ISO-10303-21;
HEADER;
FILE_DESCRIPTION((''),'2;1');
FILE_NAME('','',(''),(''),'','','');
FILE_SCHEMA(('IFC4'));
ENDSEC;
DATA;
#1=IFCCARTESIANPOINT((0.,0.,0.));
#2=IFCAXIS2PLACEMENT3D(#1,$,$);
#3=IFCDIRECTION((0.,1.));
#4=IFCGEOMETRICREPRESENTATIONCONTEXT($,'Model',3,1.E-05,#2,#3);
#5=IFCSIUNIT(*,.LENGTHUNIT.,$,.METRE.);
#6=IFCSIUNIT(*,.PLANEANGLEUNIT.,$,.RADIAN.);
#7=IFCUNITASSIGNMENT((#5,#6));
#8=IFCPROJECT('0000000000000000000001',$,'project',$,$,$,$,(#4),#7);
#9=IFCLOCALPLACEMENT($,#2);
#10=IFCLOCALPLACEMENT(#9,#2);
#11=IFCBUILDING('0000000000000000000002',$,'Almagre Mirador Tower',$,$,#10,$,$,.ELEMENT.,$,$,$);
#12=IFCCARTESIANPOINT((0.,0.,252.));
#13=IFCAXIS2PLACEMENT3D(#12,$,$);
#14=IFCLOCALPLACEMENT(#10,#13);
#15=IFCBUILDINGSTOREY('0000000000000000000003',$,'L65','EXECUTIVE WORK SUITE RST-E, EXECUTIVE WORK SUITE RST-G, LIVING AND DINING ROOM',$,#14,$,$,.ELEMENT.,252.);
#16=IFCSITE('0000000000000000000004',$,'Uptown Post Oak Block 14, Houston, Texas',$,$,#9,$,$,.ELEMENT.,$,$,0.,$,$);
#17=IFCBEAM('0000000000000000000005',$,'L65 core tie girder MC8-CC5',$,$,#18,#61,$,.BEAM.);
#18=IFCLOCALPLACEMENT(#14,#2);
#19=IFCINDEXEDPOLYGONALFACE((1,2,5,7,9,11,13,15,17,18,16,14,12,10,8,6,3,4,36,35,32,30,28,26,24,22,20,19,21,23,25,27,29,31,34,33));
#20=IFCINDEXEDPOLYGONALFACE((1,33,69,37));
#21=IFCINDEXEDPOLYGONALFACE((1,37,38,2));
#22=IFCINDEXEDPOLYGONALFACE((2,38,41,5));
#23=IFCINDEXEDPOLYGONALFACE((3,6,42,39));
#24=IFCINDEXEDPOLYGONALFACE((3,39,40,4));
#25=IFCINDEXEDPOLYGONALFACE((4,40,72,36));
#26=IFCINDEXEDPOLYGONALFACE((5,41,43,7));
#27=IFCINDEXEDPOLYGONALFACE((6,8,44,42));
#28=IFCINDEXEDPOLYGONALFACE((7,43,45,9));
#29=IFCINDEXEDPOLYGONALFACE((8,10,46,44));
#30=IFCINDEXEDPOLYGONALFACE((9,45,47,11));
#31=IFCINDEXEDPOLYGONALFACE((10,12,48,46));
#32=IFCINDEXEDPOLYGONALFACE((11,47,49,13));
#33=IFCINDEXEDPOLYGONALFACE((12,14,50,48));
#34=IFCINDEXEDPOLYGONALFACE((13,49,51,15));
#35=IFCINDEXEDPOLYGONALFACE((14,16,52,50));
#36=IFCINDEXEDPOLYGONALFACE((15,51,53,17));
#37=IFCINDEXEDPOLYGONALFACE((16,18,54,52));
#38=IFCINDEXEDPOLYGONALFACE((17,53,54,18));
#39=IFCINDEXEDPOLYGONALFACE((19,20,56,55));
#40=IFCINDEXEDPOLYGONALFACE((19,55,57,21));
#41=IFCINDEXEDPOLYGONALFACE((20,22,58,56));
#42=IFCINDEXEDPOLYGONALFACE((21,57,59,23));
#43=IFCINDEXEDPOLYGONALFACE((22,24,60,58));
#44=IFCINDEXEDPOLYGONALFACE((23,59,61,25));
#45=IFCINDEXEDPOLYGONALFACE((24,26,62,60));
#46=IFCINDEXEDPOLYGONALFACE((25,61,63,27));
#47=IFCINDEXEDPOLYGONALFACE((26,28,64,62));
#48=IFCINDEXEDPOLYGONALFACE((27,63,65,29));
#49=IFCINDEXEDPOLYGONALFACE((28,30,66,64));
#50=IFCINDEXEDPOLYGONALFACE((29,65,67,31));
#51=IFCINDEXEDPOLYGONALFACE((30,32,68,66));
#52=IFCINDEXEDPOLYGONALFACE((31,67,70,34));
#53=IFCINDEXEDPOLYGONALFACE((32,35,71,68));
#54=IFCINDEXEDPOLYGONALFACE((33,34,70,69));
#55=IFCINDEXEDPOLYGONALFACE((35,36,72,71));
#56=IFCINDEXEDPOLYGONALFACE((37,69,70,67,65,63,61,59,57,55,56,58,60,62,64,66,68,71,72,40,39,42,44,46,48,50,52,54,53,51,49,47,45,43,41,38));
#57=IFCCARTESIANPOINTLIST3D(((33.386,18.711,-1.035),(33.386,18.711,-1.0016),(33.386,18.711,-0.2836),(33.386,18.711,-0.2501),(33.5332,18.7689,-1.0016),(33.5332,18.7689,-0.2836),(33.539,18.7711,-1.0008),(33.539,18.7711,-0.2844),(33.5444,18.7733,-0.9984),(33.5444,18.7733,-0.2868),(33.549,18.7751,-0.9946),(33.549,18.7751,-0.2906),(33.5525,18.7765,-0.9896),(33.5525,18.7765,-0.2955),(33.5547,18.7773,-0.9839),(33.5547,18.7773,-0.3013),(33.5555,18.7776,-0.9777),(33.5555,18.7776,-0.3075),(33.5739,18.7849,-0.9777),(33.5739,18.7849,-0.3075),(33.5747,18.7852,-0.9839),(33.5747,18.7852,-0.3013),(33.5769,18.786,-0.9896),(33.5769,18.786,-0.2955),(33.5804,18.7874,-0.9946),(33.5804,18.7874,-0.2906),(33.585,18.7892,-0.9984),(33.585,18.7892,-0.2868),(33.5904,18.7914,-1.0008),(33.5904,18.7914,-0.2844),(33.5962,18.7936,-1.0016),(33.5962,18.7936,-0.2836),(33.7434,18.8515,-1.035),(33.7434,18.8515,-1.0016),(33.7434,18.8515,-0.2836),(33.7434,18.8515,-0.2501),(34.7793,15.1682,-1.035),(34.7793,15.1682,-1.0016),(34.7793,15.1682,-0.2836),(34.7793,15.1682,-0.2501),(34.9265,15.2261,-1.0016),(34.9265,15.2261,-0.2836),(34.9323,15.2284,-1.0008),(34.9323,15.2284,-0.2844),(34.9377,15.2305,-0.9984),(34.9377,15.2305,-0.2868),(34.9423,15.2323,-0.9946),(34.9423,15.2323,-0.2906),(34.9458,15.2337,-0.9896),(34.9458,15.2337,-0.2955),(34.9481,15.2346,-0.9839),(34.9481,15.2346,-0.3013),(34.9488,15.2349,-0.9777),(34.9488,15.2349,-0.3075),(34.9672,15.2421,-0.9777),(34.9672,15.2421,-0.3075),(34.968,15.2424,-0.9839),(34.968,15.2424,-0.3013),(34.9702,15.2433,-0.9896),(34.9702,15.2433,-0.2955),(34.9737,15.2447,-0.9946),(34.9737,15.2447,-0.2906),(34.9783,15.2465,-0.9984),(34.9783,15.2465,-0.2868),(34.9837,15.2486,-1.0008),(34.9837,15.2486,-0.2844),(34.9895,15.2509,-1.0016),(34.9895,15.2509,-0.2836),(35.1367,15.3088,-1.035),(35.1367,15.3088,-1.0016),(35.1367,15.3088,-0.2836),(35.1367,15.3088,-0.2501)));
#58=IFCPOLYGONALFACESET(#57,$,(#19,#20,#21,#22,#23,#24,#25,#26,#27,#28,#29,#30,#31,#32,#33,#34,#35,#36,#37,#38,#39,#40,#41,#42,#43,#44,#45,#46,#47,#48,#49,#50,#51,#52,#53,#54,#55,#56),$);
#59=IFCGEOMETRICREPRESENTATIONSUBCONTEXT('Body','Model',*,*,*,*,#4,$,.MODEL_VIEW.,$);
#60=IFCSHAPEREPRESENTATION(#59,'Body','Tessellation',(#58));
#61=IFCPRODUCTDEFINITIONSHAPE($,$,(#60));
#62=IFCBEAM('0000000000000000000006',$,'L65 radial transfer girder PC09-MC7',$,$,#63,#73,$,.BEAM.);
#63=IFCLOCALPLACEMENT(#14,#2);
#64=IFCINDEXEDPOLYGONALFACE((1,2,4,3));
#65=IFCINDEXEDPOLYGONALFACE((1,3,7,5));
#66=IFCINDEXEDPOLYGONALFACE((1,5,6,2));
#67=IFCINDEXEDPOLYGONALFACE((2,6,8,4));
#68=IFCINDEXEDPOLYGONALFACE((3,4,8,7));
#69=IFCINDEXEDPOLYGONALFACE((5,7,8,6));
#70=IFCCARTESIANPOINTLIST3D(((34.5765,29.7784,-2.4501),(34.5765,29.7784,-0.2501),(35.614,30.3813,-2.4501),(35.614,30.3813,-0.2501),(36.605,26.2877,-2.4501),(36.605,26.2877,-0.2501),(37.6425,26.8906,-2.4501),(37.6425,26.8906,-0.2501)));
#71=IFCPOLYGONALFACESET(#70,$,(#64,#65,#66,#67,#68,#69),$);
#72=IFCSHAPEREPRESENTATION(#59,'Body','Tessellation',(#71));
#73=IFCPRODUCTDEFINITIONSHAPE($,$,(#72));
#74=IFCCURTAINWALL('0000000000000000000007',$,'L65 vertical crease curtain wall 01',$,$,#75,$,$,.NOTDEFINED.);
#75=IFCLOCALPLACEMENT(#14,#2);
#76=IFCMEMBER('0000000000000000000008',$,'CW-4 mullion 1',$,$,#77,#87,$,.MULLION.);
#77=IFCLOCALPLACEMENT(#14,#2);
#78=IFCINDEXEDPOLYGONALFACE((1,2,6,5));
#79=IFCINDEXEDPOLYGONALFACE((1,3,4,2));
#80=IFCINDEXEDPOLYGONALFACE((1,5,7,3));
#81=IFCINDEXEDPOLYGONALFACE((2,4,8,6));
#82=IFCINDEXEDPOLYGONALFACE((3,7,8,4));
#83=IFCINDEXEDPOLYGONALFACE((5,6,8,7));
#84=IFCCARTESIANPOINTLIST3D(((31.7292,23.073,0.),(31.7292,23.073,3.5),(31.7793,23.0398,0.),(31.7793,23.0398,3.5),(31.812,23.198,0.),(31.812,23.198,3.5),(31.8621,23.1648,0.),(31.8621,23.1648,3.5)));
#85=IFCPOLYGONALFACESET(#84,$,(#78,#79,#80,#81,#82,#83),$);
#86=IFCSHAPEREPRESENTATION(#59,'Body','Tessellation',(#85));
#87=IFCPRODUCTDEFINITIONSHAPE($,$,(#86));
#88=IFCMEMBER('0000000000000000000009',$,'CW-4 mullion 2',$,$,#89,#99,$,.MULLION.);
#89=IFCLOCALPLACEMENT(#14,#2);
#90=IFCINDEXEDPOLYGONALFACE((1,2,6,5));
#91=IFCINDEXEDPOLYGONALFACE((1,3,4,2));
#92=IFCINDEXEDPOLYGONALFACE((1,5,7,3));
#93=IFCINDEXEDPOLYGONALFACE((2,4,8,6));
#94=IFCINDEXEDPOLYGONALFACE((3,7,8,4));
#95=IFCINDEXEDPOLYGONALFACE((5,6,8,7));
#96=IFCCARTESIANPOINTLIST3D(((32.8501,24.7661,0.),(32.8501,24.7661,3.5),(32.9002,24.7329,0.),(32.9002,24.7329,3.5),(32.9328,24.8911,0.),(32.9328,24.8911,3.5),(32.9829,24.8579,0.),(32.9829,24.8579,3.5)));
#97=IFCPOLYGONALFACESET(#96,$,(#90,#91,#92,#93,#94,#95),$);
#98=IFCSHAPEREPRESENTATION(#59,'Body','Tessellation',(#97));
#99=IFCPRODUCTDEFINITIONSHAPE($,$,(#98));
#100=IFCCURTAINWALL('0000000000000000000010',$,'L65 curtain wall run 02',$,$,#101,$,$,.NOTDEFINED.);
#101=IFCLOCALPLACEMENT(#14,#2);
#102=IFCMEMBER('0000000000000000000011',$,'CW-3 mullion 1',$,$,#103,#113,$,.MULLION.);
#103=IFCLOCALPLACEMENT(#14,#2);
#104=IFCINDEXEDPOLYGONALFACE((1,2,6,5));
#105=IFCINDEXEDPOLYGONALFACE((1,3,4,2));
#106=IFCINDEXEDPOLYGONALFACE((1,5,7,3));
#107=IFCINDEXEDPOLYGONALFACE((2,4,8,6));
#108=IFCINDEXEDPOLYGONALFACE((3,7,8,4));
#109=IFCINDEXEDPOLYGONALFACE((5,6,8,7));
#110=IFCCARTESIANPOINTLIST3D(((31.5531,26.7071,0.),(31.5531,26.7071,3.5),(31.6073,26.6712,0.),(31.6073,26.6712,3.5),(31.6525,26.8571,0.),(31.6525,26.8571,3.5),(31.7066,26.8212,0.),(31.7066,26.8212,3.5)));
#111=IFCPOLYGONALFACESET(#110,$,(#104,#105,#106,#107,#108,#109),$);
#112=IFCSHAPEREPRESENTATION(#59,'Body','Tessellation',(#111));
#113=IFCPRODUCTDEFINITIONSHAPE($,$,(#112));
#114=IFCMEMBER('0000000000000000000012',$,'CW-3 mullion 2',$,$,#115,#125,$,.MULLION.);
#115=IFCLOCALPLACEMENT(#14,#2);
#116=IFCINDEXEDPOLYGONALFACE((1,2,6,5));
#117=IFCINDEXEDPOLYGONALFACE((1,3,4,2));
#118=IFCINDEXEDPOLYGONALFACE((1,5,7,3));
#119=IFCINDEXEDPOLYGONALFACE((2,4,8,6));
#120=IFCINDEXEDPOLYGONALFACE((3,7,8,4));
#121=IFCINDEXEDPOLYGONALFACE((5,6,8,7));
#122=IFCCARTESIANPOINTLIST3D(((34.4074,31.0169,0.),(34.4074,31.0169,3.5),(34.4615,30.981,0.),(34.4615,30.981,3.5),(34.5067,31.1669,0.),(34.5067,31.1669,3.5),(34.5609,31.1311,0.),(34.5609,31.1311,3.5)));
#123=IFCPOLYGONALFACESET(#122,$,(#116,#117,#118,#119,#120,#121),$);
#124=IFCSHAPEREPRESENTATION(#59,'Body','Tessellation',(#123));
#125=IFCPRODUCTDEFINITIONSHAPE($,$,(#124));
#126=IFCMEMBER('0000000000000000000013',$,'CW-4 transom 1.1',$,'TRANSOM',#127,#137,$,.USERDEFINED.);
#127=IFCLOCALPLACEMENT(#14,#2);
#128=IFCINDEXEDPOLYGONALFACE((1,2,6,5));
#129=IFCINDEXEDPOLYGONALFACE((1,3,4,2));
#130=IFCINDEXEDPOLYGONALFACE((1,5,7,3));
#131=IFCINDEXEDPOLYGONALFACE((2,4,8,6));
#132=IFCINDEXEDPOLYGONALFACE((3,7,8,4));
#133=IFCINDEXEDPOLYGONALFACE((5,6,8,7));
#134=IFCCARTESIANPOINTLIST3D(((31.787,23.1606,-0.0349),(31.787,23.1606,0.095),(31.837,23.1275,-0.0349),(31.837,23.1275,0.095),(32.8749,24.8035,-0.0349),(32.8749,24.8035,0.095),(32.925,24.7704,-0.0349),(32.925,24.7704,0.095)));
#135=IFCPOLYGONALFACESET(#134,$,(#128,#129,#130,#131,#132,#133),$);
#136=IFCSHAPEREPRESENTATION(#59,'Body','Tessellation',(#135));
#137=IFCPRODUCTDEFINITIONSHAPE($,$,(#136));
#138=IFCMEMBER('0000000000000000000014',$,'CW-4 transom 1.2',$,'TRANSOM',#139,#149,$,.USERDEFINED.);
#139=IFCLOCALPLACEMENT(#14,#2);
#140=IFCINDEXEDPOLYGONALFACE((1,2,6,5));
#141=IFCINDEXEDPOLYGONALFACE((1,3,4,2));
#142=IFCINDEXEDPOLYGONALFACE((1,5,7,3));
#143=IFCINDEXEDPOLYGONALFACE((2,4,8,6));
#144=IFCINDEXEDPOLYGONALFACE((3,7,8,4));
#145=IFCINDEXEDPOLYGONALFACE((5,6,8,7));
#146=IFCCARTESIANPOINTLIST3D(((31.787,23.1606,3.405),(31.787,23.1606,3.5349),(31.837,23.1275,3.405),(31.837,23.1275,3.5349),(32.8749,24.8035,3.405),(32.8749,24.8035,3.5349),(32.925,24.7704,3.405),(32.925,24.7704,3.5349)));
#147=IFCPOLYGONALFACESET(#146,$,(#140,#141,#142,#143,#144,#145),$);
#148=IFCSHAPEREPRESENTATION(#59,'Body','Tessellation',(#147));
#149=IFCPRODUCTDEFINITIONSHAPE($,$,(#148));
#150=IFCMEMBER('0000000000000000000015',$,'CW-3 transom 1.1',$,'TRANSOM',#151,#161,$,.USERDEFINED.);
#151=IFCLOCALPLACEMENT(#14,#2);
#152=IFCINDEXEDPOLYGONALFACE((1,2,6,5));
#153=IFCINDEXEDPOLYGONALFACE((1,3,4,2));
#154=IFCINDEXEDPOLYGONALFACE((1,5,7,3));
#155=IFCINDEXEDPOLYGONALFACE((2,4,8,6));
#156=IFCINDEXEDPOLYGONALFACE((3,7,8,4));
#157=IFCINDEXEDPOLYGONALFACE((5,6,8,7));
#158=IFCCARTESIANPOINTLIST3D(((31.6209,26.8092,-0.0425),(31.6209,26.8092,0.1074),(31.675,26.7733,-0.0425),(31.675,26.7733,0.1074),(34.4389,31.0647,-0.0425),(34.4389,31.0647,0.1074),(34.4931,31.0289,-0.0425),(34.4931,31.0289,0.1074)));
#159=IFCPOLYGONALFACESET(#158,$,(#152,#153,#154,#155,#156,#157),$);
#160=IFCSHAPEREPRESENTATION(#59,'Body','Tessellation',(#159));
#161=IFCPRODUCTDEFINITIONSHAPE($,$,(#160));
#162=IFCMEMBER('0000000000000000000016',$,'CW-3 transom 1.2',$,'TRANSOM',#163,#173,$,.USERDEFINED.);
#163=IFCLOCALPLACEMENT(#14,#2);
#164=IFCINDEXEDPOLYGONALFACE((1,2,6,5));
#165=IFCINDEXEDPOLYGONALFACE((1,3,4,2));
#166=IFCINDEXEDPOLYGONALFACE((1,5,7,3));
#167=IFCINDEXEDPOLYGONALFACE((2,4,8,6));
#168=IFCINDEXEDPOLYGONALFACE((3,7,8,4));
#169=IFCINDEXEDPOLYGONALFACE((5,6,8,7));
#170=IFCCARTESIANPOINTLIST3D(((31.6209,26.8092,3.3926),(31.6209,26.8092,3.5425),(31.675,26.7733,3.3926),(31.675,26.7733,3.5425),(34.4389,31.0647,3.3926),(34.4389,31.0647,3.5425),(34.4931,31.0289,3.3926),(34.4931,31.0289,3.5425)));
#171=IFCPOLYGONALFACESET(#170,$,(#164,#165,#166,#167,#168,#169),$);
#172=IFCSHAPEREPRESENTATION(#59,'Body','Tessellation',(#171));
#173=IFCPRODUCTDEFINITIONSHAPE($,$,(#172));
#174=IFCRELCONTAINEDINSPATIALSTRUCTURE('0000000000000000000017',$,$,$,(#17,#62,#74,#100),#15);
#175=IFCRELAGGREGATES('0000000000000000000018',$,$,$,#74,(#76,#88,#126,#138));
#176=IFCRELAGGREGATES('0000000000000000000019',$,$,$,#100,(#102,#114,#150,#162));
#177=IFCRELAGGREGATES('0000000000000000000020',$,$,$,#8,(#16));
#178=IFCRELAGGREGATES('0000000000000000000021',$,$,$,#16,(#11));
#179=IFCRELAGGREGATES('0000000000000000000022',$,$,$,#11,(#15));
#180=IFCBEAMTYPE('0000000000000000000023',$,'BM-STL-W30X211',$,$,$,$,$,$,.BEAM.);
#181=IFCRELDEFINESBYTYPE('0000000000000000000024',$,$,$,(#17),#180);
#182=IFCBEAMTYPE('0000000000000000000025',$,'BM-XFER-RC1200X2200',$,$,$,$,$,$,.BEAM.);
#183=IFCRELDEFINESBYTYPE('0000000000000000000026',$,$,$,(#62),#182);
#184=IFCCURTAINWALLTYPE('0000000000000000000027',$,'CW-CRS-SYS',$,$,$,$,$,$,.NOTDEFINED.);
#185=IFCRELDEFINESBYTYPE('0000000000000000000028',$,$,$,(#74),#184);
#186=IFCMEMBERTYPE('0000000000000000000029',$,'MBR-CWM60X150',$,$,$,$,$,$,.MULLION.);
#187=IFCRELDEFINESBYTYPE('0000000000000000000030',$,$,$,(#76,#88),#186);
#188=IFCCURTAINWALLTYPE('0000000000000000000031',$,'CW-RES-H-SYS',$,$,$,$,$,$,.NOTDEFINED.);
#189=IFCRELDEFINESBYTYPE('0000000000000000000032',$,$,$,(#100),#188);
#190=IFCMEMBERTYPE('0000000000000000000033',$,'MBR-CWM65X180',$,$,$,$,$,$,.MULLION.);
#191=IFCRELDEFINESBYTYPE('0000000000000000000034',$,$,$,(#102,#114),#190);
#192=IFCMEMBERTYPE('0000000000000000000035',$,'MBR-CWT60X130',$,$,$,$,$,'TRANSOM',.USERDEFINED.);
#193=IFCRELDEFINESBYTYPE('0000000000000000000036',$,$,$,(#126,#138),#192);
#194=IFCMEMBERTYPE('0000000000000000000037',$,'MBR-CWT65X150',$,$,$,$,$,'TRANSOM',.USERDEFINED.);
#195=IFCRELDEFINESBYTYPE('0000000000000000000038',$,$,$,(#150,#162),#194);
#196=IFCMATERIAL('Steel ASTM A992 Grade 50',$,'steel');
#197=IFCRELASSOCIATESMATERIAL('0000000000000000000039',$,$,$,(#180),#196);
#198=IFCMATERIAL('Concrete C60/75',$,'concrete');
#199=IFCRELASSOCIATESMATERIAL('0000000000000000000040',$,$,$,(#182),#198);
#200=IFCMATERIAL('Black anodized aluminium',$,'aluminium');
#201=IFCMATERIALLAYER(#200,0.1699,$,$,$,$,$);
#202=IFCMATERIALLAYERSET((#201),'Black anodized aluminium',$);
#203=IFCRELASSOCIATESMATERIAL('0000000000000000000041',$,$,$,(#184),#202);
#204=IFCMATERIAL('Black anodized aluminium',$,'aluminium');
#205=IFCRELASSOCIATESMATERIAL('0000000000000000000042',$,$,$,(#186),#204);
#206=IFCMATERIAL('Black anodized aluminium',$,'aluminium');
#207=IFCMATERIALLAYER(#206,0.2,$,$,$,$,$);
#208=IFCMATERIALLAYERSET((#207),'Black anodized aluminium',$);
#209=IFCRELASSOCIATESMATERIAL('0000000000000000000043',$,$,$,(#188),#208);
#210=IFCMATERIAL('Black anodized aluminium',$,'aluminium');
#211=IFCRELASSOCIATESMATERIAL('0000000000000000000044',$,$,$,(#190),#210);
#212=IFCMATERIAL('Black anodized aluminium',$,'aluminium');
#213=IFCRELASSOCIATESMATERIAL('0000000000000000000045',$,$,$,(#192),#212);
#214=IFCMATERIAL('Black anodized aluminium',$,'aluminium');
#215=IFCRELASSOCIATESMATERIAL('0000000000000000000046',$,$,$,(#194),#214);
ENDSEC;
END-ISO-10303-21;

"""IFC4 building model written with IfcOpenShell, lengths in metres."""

from ifc_helpers import new_model, si_unit, direction, frame, origin, origin_2d, place, context, subcontext, project, spatial, rectangle, i_section, extrude, material, layer, layer_set, material_profile, profile_set, type_object, element, aggregate, save


model = new_model("IFC4")

# Units and contexts
model_context = context("Model", 3, precision=1e-05, world=origin(), true_north=direction((0.0, 1.0)))
body_context = subcontext(model_context, "Body", "Model", "MODEL_VIEW")
ifc_project = project(units=[si_unit("LENGTHUNIT", "METRE"), si_unit("PLANEANGLEUNIT", "RADIAN")], contexts=[model_context])

# Site, building, storey
site_placement = place(None, origin())
site = spatial("IfcSite", under=ifc_project, at=site_placement, Name="Uptown Post Oak Block 14, Houston, Texas", CompositionType="ELEMENT", RefElevation=0.0)
building_placement = place(site_placement, origin())
building = spatial("IfcBuilding", under=site, at=building_placement, Name="Almagre Mirador Tower", CompositionType="ELEMENT")
storey_placement = place(building_placement, frame((0.0, 0.0, 252.0)))
storey = spatial("IfcBuildingStorey", under=building, at=storey_placement, Name="L65", Description="EXECUTIVE WORK SUITE RST-E, EXECUTIVE WORK SUITE RST-G, LIVING AND DINING ROOM", CompositionType="ELEMENT", Elevation=252.0)

# Beams
ifc_material_1 = material(Name="Steel ASTM A992 Grade 50", Category="steel")
ifc_material_profile_1 = material_profile(ifc_material_1, i_section(OverallWidth=0.384, OverallDepth=0.7849, WebThickness=0.0198, FlangeThickness=0.0334, FilletRadius=0.0239, at=origin_2d()), Name="W30X211")
ifc_profile_set_1 = profile_set([ifc_material_profile_1], Name="Steel ASTM A992 Grade 50")
beam_type_1 = type_object("IfcBeamType", Name="BM-STL-W30X211", PredefinedType="BEAM", material=ifc_profile_set_1)
beam_1_placement = place(storey_placement, frame((33.5647, 18.7812, -0.6426), z_axis=(0.366, -0.930615, 0.0), x_axis=(0.930615, 0.366, 0.0)))
element("IfcBeam", 1, at=beam_1_placement, inside=storey, type_object=beam_type_1, Name="L65 core tie girder MC8-CC5", PredefinedType="BEAM", context=body_context, shape_type="SweptSolid", body=[
    extrude(i_section(OverallWidth=0.384, OverallDepth=0.7849, WebThickness=0.0198, FlangeThickness=0.0334, FilletRadius=0.0239, at=origin_2d()), origin(), (0.0, 0.0, 1.0), 3.8069),
])
ifc_material_2 = material(Name="Concrete C60/75", Category="concrete")
ifc_material_profile_2 = material_profile(ifc_material_2, rectangle(XDim=1.2, YDim=2.2, at=origin_2d()), Name="RC1200X2200")
ifc_profile_set_2 = profile_set([ifc_material_profile_2], Name="Concrete C60/75")
beam_type_2 = type_object("IfcBeamType", Name="BM-XFER-RC1200X2200", PredefinedType="BEAM", material=ifc_profile_set_2)
beam_2_placement = place(storey_placement, frame((35.0952, 30.0798, -1.3501), z_axis=(0.502449, -0.864607, 0.0), x_axis=(0.864607, 0.502449, 0.0)))
element("IfcBeam", 2, at=beam_2_placement, inside=storey, type_object=beam_type_2, Name="L65 radial transfer girder PC09-MC7", PredefinedType="BEAM", context=body_context, shape_type="SweptSolid", body=[
    extrude(rectangle(XDim=1.2, YDim=2.2, at=origin_2d()), origin(), (0.0, 0.0, 1.0), 4.0374),
])

# Curtain walls, members
ifc_material_3 = material(Name="Black anodized aluminium", Category="aluminium")
ifc_layer_1 = layer(ifc_material_3, 0.1699)
ifc_layer_set_1 = layer_set([ifc_layer_1], Name="Black anodized aluminium")
curtain_wall_type_1 = type_object("IfcCurtainWallType", Name="CW-CRS-SYS", PredefinedType="NOTDEFINED", material=ifc_layer_set_1)
curtain_wall_1_placement = place(storey_placement, origin())
curtain_wall_1 = element("IfcCurtainWall", 3, at=curtain_wall_1_placement, inside=storey, type_object=curtain_wall_type_1, Name="L65 vertical crease curtain wall 01", PredefinedType="NOTDEFINED")
ifc_material_4 = material(Name="Black anodized aluminium", Category="aluminium")
ifc_material_profile_3 = material_profile(ifc_material_4, rectangle(XDim=0.0601, YDim=0.1499, at=origin_2d()), Name="CWM60X150")
ifc_profile_set_3 = profile_set([ifc_material_profile_3], Name="Black anodized aluminium")
member_type_1 = type_object("IfcMemberType", Name="MBR-CWM60X150", PredefinedType="MULLION", material=ifc_profile_set_3)
member_1_placement = place(storey_placement, frame((31.7957, 23.1189, 0.0), z_axis=(0.0, 0.0, 1.0), x_axis=(-0.833812, 0.552048, 0.0)))
member_1 = element("IfcMember", 4, at=member_1_placement, type_object=member_type_1, Name="CW-4 mullion 1", PredefinedType="MULLION", context=body_context, shape_type="SweptSolid", body=[
    extrude(rectangle(XDim=0.0601, YDim=0.1499, at=origin_2d()), origin(), (0.0, 0.0, 1.0), 3.5),
])
member_2_placement = place(storey_placement, frame((32.9165, 24.812, 0.0), z_axis=(0.0, 0.0, 1.0), x_axis=(-0.833812, 0.552048, 0.0)))
member_2 = element("IfcMember", 5, at=member_2_placement, type_object=member_type_1, Name="CW-4 mullion 2", PredefinedType="MULLION", context=body_context, shape_type="SweptSolid", body=[
    extrude(rectangle(XDim=0.0601, YDim=0.1499, at=origin_2d()), origin(), (0.0, 0.0, 1.0), 3.5),
])
ifc_material_5 = material(Name="Black anodized aluminium", Category="aluminium")
ifc_layer_2 = layer(ifc_material_5, 0.2)
ifc_layer_set_2 = layer_set([ifc_layer_2], Name="Black anodized aluminium")
curtain_wall_type_2 = type_object("IfcCurtainWallType", Name="CW-RES-H-SYS", PredefinedType="NOTDEFINED", material=ifc_layer_set_2)
curtain_wall_2_placement = place(storey_placement, origin())
curtain_wall_2 = element("IfcCurtainWall", 6, at=curtain_wall_2_placement, inside=storey, type_object=curtain_wall_type_2, Name="L65 curtain wall run 02", PredefinedType="NOTDEFINED")
ifc_material_6 = material(Name="Black anodized aluminium", Category="aluminium")
ifc_material_profile_4 = material_profile(ifc_material_6, rectangle(XDim=0.0649, YDim=0.1799, at=origin_2d()), Name="CWM65X180")
ifc_profile_set_4 = profile_set([ifc_material_profile_4], Name="Black anodized aluminium")
member_type_2 = type_object("IfcMemberType", Name="MBR-CWM65X180", PredefinedType="MULLION", material=ifc_profile_set_4)
member_3_placement = place(storey_placement, frame((31.6299, 26.7642, 0.0), z_axis=(0.0, 0.0, 1.0), x_axis=(-0.833751, 0.55214, 0.0)))
member_3 = element("IfcMember", 7, at=member_3_placement, type_object=member_type_2, Name="CW-3 mullion 1", PredefinedType="MULLION", context=body_context, shape_type="SweptSolid", body=[
    extrude(rectangle(XDim=0.0649, YDim=0.1799, at=origin_2d()), origin(), (0.0, 0.0, 1.0), 3.5),
])
member_4_placement = place(storey_placement, frame((34.4841, 31.074, 0.0), z_axis=(0.0, 0.0, 1.0), x_axis=(-0.833751, 0.55214, 0.0)))
member_4 = element("IfcMember", 8, at=member_4_placement, type_object=member_type_2, Name="CW-3 mullion 2", PredefinedType="MULLION", context=body_context, shape_type="SweptSolid", body=[
    extrude(rectangle(XDim=0.0649, YDim=0.1799, at=origin_2d()), origin(), (0.0, 0.0, 1.0), 3.5),
])

# Members
ifc_material_7 = material(Name="Black anodized aluminium", Category="aluminium")
ifc_material_profile_5 = material_profile(ifc_material_7, rectangle(XDim=0.0601, YDim=0.1299, at=origin_2d()), Name="CWT60X130")
ifc_profile_set_5 = profile_set([ifc_material_profile_5], Name="Black anodized aluminium")
member_type_3 = type_object("IfcMemberType", Name="MBR-CWT60X130", ElementType="TRANSOM", PredefinedType="USERDEFINED", material=ifc_profile_set_5)
member_5_placement = place(storey_placement, frame((31.812, 23.144, 0.03), z_axis=(0.552124, 0.833762, 0.0), x_axis=(-0.833762, 0.552124, 0.0)))
member_5 = element("IfcMember", 9, at=member_5_placement, type_object=member_type_3, Name="CW-4 transom 1.1", ObjectType="TRANSOM", PredefinedType="USERDEFINED", context=body_context, shape_type="SweptSolid", body=[
    extrude(rectangle(XDim=0.0601, YDim=0.1299, at=origin_2d()), origin(), (0.0, 0.0, 1.0), 1.9705),
])
member_6_placement = place(storey_placement, frame((31.812, 23.144, 3.47), z_axis=(0.552124, 0.833762, 0.0), x_axis=(-0.833762, 0.552124, 0.0)))
member_6 = element("IfcMember", 10, at=member_6_placement, type_object=member_type_3, Name="CW-4 transom 1.2", ObjectType="TRANSOM", PredefinedType="USERDEFINED", context=body_context, shape_type="SweptSolid", body=[
    extrude(rectangle(XDim=0.0601, YDim=0.1299, at=origin_2d()), origin(), (0.0, 0.0, 1.0), 1.9705),
])
ifc_material_8 = material(Name="Black anodized aluminium", Category="aluminium")
ifc_material_profile_6 = material_profile(ifc_material_8, rectangle(XDim=0.0649, YDim=0.1499, at=origin_2d()), Name="CWT65X150")
ifc_profile_set_6 = profile_set([ifc_material_profile_6], Name="Black anodized aluminium")
member_type_4 = type_object("IfcMemberType", Name="MBR-CWT65X150", ElementType="TRANSOM", PredefinedType="USERDEFINED", material=ifc_profile_set_6)
member_7_placement = place(storey_placement, frame((31.6479, 26.7913, 0.0325), z_axis=(0.552126, 0.833761, 0.0), x_axis=(-0.833761, 0.552126, 0.0)))
member_7 = element("IfcMember", 11, at=member_7_placement, type_object=member_type_4, Name="CW-3 transom 1.1", ObjectType="TRANSOM", PredefinedType="USERDEFINED", context=body_context, shape_type="SweptSolid", body=[
    extrude(rectangle(XDim=0.0649, YDim=0.1499, at=origin_2d()), origin(), (0.0, 0.0, 1.0), 5.104),
])
member_8_placement = place(storey_placement, frame((31.6479, 26.7913, 3.4675), z_axis=(0.552126, 0.833761, 0.0), x_axis=(-0.833761, 0.552126, 0.0)))
member_8 = element("IfcMember", 12, at=member_8_placement, type_object=member_type_4, Name="CW-3 transom 1.2", ObjectType="TRANSOM", PredefinedType="USERDEFINED", context=body_context, shape_type="SweptSolid", body=[
    extrude(rectangle(XDim=0.0649, YDim=0.1499, at=origin_2d()), origin(), (0.0, 0.0, 1.0), 5.104),
])

aggregate(curtain_wall_1, [member_1, member_2, member_5, member_6])
aggregate(curtain_wall_2, [member_3, member_4, member_7, member_8])

save(model, "model.ifc")
